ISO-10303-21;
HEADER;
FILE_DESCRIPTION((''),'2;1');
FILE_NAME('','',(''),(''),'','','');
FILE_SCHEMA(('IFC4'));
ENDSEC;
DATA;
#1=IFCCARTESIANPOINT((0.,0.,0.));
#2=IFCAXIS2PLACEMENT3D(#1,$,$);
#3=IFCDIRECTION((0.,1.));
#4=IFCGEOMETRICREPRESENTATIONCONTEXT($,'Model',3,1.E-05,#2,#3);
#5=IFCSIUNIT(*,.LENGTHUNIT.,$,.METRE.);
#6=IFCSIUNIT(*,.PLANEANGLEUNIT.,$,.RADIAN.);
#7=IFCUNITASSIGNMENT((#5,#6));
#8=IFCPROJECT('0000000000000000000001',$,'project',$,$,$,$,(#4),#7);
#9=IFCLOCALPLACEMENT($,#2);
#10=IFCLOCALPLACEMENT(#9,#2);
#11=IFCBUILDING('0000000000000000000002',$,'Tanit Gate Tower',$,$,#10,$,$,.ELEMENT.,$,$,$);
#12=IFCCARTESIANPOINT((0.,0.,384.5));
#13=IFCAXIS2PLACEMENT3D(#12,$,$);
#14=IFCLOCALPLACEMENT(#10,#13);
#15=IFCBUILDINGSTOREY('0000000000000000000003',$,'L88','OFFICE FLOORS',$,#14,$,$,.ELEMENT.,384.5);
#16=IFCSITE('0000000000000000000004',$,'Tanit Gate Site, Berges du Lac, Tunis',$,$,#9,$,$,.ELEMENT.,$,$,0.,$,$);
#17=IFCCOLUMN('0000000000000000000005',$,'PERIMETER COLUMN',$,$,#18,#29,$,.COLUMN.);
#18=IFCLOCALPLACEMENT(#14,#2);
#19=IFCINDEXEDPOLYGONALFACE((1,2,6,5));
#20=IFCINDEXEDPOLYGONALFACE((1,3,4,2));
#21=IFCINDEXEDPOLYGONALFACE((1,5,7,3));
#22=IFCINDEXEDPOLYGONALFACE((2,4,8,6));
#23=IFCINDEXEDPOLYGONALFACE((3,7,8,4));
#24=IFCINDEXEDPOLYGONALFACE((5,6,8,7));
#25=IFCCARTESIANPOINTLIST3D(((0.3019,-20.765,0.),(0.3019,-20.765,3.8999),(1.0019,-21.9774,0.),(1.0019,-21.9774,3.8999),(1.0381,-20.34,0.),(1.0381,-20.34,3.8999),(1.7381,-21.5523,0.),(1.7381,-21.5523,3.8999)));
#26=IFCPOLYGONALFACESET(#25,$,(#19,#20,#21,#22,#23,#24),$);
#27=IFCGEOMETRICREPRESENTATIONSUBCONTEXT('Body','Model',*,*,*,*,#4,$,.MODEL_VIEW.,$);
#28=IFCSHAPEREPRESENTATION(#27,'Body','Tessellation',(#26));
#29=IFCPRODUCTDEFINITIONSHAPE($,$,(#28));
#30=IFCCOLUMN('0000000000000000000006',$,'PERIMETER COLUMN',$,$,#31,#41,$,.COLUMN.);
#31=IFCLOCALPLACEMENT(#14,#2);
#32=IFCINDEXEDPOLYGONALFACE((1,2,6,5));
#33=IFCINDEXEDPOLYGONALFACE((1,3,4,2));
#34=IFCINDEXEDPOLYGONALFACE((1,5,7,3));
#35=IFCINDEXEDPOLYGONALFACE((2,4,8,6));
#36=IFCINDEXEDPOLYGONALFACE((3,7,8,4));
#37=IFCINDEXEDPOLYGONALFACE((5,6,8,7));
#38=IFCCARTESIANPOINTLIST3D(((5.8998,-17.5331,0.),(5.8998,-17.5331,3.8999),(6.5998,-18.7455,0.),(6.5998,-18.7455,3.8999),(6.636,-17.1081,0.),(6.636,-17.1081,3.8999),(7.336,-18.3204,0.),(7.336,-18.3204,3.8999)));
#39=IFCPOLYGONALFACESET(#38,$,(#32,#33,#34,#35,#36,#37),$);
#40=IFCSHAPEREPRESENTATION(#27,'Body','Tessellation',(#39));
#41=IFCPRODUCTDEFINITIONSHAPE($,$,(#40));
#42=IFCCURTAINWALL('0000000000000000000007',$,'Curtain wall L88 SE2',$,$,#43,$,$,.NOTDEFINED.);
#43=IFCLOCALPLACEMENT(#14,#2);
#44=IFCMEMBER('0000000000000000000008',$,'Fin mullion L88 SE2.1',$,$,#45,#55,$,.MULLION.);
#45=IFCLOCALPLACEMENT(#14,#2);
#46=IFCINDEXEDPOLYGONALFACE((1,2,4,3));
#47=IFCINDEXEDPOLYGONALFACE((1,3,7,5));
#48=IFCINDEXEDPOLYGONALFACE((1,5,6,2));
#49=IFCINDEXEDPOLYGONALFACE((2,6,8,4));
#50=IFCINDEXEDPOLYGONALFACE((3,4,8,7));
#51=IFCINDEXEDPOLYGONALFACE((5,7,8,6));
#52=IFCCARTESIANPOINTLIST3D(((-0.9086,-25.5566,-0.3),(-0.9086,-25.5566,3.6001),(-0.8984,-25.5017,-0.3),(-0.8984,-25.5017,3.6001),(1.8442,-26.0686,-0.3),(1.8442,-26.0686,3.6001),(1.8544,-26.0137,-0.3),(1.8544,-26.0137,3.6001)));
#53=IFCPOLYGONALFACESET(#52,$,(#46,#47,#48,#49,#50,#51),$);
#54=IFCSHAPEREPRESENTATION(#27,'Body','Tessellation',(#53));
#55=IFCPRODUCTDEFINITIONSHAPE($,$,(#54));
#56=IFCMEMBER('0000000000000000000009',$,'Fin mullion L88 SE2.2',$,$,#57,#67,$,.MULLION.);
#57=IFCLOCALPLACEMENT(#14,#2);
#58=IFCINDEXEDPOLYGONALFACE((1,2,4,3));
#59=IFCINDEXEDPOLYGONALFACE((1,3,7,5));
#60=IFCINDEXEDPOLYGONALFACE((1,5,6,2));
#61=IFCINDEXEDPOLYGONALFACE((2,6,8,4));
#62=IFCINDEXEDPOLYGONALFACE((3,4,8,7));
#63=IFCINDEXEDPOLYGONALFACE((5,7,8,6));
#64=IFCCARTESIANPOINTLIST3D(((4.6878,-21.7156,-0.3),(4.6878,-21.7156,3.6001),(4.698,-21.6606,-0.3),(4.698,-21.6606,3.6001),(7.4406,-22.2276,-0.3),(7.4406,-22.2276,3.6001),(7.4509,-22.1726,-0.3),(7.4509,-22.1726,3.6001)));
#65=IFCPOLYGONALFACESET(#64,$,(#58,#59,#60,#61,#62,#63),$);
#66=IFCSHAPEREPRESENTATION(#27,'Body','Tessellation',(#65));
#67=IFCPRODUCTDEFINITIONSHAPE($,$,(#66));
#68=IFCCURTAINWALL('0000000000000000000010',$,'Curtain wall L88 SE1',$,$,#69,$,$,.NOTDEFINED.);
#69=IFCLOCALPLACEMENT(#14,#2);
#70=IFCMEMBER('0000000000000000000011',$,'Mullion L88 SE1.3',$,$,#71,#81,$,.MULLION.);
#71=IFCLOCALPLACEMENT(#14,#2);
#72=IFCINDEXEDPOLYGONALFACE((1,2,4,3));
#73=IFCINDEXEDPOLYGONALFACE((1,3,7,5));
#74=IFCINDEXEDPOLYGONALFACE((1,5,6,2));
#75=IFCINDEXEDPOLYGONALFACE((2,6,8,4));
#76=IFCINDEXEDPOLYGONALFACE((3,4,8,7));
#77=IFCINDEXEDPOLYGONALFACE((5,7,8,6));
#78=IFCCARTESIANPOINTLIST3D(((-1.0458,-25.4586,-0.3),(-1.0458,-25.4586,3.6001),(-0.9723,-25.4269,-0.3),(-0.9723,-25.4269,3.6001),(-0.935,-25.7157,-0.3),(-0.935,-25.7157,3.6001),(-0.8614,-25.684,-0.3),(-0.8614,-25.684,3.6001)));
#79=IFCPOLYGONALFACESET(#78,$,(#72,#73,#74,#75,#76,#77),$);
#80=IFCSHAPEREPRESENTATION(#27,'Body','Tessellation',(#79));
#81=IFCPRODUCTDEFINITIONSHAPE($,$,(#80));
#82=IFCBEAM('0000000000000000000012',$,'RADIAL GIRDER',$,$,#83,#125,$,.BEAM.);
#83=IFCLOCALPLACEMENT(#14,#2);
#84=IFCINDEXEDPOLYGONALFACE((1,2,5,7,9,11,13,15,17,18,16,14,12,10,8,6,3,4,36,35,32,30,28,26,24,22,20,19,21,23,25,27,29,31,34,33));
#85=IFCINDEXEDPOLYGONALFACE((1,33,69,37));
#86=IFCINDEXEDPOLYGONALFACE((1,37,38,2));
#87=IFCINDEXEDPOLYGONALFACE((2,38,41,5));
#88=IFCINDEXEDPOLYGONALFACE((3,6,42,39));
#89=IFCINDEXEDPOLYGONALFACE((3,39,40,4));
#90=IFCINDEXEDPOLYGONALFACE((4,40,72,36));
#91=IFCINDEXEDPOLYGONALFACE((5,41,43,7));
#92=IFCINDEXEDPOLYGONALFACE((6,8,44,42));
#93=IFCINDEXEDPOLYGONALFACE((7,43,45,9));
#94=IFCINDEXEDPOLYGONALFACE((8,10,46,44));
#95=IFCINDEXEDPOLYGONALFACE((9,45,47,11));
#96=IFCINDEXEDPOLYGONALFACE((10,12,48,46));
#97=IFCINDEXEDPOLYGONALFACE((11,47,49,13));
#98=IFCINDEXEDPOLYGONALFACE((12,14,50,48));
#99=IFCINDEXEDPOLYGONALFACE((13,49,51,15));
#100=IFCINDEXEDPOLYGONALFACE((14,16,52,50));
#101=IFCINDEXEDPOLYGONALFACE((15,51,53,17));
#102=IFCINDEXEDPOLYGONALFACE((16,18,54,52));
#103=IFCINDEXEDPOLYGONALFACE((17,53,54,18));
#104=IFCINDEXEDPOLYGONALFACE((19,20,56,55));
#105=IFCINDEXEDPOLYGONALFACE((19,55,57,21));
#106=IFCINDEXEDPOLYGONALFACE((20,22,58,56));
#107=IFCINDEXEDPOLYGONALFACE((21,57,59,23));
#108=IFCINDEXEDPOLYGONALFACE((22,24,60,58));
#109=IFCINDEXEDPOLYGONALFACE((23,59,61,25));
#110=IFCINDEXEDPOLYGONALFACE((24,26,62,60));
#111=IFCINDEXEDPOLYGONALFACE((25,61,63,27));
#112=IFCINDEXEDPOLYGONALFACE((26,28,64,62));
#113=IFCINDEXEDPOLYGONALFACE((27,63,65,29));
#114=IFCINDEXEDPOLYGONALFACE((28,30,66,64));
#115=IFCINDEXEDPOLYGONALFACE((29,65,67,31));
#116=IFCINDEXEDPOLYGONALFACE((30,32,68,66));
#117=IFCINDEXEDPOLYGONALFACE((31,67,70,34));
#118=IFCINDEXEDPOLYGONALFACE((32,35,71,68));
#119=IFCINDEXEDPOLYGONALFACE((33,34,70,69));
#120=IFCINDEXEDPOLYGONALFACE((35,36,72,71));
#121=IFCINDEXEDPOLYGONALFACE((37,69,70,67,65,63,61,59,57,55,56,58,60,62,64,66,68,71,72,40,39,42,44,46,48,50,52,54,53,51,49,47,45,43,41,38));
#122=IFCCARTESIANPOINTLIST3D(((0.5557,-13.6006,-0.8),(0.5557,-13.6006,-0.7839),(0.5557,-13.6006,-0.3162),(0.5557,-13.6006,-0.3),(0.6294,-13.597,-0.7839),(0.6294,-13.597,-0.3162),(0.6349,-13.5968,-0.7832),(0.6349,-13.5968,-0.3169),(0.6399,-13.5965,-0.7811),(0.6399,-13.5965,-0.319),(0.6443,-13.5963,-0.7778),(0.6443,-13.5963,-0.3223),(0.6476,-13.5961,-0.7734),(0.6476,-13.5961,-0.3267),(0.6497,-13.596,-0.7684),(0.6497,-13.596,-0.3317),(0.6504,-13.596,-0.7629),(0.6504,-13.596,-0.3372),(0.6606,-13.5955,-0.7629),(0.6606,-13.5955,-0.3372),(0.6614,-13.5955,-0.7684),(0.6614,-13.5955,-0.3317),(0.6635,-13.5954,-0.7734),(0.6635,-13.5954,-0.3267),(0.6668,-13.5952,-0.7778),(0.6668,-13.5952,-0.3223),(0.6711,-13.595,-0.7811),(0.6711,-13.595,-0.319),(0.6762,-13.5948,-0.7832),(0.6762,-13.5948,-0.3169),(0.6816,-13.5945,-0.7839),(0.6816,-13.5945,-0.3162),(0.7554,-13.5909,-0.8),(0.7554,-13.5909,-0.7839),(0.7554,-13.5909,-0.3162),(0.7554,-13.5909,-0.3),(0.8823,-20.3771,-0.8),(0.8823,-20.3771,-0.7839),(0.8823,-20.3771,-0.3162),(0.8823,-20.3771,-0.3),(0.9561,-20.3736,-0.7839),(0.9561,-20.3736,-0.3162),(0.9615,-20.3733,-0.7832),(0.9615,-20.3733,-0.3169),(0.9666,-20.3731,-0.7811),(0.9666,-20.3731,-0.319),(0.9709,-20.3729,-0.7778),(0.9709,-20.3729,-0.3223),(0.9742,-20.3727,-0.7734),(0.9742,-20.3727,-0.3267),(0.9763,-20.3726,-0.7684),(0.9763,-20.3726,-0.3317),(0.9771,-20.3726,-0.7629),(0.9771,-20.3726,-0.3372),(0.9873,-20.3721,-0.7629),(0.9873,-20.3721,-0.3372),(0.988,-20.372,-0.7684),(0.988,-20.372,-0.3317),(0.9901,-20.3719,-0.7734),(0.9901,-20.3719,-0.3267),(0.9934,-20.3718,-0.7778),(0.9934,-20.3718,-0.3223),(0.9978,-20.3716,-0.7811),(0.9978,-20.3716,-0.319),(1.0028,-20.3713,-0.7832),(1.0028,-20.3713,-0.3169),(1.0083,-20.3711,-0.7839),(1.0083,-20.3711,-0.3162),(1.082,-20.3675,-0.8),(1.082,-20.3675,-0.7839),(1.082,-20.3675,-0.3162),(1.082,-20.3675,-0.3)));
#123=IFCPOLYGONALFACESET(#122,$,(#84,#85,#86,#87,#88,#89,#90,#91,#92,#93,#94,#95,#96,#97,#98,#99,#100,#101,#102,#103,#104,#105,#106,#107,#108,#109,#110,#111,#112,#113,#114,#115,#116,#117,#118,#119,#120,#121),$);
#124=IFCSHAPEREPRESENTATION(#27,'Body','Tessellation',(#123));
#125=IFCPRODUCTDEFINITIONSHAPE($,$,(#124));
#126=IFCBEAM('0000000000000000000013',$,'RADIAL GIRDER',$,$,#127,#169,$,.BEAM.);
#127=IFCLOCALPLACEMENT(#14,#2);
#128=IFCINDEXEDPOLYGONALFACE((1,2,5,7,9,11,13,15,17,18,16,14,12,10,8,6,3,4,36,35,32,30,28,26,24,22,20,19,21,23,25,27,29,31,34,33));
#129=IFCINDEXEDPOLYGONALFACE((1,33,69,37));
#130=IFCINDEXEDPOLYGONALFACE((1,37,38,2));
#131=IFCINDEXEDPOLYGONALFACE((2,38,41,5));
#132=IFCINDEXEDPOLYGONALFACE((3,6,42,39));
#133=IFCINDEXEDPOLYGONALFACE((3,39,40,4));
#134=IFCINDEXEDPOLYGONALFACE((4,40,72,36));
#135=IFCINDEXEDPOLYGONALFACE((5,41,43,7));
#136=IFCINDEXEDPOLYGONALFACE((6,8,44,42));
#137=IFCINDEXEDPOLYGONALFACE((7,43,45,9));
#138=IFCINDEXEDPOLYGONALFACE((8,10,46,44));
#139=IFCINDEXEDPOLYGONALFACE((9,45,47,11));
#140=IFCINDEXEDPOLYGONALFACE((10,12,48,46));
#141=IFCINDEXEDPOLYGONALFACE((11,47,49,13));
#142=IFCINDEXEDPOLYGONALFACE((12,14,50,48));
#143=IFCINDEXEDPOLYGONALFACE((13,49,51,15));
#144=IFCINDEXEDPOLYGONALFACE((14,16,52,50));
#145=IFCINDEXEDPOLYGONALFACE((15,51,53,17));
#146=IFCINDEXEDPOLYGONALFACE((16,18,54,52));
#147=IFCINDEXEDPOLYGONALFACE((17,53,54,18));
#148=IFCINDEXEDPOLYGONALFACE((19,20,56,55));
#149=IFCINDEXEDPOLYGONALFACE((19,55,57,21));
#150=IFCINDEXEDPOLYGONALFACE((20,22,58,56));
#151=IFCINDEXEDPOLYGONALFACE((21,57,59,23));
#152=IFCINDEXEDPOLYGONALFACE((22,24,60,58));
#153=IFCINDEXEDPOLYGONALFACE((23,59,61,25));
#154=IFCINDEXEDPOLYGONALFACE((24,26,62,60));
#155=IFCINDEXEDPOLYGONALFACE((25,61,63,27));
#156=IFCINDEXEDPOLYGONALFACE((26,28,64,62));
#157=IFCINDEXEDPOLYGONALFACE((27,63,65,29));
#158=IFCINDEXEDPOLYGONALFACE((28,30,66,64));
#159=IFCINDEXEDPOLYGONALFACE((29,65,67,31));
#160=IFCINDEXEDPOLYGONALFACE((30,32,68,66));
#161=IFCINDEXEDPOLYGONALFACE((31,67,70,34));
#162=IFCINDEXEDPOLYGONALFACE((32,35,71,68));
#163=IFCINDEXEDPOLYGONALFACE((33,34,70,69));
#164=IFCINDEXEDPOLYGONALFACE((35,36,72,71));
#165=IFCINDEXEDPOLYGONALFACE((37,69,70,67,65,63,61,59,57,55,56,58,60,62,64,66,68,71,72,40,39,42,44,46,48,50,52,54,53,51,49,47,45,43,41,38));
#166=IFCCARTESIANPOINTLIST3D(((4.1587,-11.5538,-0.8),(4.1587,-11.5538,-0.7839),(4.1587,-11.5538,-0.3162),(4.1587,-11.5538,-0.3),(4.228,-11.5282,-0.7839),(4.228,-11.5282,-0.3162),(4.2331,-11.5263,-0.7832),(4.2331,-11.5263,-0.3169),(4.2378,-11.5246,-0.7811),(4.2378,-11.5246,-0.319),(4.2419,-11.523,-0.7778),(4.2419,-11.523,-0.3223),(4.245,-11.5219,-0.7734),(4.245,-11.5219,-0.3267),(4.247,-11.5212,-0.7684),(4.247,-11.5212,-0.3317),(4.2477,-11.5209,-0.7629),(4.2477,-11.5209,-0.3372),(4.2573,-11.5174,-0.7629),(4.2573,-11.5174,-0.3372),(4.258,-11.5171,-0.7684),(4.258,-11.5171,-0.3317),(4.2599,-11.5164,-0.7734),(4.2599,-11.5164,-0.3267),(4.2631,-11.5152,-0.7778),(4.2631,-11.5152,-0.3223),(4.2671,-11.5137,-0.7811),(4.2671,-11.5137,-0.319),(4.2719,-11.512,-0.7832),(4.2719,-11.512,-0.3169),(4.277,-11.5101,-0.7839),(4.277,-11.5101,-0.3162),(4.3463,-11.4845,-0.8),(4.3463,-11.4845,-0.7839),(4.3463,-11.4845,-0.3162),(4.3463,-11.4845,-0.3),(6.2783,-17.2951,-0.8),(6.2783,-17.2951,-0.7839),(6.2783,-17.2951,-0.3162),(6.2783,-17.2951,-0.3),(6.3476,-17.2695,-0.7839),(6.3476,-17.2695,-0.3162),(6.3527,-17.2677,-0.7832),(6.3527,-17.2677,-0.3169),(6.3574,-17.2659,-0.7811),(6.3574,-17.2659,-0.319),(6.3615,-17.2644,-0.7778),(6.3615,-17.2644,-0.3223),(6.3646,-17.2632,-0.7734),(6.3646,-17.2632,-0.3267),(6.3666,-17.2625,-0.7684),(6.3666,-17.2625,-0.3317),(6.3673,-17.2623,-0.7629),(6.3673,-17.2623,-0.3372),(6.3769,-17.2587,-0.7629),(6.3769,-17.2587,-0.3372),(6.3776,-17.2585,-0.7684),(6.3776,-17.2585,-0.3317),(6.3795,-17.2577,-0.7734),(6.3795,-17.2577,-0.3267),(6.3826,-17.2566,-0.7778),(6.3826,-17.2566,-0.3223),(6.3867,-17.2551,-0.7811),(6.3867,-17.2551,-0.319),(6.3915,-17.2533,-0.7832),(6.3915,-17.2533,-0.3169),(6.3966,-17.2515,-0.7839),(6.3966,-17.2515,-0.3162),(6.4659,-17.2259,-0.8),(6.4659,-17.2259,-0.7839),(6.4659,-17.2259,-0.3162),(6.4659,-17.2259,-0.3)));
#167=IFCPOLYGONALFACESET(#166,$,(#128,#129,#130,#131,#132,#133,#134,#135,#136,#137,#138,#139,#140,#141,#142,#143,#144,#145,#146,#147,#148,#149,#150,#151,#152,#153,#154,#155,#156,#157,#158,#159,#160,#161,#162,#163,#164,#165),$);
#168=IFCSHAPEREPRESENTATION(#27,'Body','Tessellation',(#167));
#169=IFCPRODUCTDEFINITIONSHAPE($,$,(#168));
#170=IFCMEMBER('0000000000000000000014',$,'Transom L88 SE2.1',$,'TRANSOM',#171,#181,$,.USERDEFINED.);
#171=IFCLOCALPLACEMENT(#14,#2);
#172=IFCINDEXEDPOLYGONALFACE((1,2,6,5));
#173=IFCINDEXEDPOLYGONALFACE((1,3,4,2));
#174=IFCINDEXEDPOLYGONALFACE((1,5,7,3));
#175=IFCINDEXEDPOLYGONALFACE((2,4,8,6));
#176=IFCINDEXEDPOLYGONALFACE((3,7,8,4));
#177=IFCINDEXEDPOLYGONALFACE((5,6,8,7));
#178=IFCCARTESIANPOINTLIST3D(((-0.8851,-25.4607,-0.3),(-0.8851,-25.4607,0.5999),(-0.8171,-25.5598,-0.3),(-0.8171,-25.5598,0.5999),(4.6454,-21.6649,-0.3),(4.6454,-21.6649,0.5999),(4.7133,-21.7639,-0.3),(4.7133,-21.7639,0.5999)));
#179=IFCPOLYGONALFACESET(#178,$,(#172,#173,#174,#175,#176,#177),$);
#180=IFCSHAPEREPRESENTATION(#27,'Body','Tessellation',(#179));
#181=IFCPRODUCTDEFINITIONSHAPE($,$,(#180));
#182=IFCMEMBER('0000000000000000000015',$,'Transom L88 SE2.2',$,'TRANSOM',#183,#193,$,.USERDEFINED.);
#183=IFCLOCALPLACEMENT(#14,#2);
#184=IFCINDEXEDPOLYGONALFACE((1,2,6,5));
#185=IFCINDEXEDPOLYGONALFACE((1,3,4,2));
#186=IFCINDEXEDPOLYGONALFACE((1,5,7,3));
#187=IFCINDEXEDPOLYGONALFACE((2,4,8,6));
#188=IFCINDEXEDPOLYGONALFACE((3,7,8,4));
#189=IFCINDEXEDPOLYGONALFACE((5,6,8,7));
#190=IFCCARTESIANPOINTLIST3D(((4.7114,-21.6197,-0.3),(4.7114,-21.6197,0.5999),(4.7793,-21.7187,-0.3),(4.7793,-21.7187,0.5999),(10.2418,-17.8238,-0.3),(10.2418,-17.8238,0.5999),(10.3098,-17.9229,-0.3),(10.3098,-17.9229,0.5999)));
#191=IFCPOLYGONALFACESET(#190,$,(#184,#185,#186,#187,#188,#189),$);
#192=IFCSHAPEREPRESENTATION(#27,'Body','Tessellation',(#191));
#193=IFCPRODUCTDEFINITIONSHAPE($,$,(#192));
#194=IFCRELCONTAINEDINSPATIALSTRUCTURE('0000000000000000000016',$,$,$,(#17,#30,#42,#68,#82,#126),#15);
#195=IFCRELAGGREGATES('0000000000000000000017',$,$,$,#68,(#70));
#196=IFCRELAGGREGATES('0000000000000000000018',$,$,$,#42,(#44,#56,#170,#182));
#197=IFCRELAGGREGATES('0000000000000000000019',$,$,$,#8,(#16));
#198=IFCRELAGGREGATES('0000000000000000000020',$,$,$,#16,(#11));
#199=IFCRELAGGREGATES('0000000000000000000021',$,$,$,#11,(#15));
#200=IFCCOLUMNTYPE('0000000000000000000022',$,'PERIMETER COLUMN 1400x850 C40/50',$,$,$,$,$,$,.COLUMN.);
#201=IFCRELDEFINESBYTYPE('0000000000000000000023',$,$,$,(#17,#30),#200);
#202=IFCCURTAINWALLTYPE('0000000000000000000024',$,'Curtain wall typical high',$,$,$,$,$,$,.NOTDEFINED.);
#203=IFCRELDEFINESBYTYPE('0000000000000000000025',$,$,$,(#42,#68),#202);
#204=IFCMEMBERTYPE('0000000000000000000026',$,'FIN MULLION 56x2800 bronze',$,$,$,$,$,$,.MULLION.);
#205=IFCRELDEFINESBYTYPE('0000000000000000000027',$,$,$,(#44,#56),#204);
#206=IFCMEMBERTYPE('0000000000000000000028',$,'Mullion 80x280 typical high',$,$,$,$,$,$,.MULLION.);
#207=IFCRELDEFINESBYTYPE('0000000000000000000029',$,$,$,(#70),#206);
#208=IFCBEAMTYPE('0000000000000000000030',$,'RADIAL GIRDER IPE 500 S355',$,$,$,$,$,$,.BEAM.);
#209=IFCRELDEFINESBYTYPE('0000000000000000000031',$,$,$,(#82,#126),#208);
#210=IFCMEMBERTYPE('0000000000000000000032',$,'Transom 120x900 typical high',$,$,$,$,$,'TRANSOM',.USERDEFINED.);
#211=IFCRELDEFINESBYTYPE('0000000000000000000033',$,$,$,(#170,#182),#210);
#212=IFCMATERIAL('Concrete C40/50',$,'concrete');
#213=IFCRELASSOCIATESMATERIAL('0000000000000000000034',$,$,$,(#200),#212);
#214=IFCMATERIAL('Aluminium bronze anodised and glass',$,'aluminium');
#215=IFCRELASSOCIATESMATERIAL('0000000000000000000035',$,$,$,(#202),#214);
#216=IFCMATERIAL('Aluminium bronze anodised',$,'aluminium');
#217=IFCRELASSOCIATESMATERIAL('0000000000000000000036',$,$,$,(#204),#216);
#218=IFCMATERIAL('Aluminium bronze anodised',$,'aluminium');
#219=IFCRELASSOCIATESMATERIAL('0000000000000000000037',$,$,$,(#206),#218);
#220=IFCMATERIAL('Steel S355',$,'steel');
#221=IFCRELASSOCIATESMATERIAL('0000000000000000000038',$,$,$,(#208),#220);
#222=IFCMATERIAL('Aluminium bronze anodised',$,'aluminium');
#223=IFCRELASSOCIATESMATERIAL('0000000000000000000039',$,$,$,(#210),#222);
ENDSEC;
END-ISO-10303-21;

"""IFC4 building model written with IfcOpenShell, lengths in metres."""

from ifc_helpers import new_model, si_unit, direction, frame, origin, origin_2d, place, context, subcontext, project, spatial, rectangle, i_section, extrude, material, material_profile, profile_set, type_object, element, aggregate, save


model = new_model("IFC4")

# Units and contexts
model_context = context("Model", 3, precision=1e-05, world=origin(), true_north=direction((0.0, 1.0)))
body_context = subcontext(model_context, "Body", "Model", "MODEL_VIEW")
ifc_project = project(units=[si_unit("LENGTHUNIT", "METRE"), si_unit("PLANEANGLEUNIT", "RADIAN")], contexts=[model_context])

# Site, building, storey
site_placement = place(None, origin())
site = spatial("IfcSite", under=ifc_project, at=site_placement, Name="Tanit Gate Site, Berges du Lac, Tunis", CompositionType="ELEMENT", RefElevation=0.0)
building_placement = place(site_placement, origin())
building = spatial("IfcBuilding", under=site, at=building_placement, Name="Tanit Gate Tower", CompositionType="ELEMENT")
storey_placement = place(building_placement, frame((0.0, 0.0, 384.5)))
storey = spatial("IfcBuildingStorey", under=building, at=storey_placement, Name="L88", Description="OFFICE FLOORS", CompositionType="ELEMENT", Elevation=384.5)

# Columns
ifc_material_1 = material(Name="Concrete C40/50", Category="concrete")
ifc_material_profile_1 = material_profile(ifc_material_1, rectangle(XDim=1.3999, YDim=0.8501, at=origin_2d()), Name="RC 1400x850")
ifc_profile_set_1 = profile_set([ifc_material_profile_1], Name="Concrete C40/50")
column_type = type_object("IfcColumnType", Name="PERIMETER COLUMN 1400x850 C40/50", PredefinedType="COLUMN", material=ifc_profile_set_1)
for number, where, z_axis, x_axis, name in (
    (1, (1.02, -21.1587, 0.0), (0.0, 0.0, 1.0), (0.5, -0.866025, 0.0), "PERIMETER COLUMN"),
    (2, (6.6179, -17.9268, 0.0), (0.0, 0.0, 1.0), (0.5, -0.866025, 0.0), "PERIMETER COLUMN"),
):
    element("IfcColumn", number, at=place(storey_placement, frame(where, z_axis=z_axis, x_axis=x_axis)), inside=storey, type_object=column_type, Name=name, PredefinedType="COLUMN", context=body_context, shape_type="SweptSolid", body=[
        extrude(rectangle(XDim=1.3999, YDim=0.8501, at=origin_2d()), origin(), (0.0, 0.0, 1.0), 3.8999),
    ])

# Curtain wall, members
ifc_material_2 = material(Name="Aluminium bronze anodised and glass", Category="aluminium")
curtain_wall_type = type_object("IfcCurtainWallType", Name="Curtain wall typical high", PredefinedType="NOTDEFINED", material=ifc_material_2)
curtain_wall_1_placement = place(storey_placement, origin())
curtain_wall_1 = element("IfcCurtainWall", 3, at=curtain_wall_1_placement, inside=storey, type_object=curtain_wall_type, Name="Curtain wall L88 SE2", PredefinedType="NOTDEFINED")
ifc_material_3 = material(Name="Aluminium bronze anodised", Category="aluminium")
ifc_material_profile_2 = material_profile(ifc_material_3, rectangle(XDim=2.8, YDim=0.0559, at=origin_2d()), Name="56x2800 bronze fin mullion")
ifc_profile_set_2 = profile_set([ifc_material_profile_2], Name="Aluminium bronze anodised")
member_type_1 = type_object("IfcMemberType", Name="FIN MULLION 56x2800 bronze", PredefinedType="MULLION", material=ifc_profile_set_2)
member_1_placement = place(storey_placement, frame((0.4729, -25.7852, -0.3), z_axis=(0.0, 0.0, 1.0), x_axis=(-0.983141, 0.182847, 0.0)))
member_1 = element("IfcMember", 4, at=member_1_placement, type_object=member_type_1, Name="Fin mullion L88 SE2.1", PredefinedType="MULLION", context=body_context, shape_type="SweptSolid", body=[
    extrude(rectangle(XDim=2.8, YDim=0.0559, at=origin_2d()), origin(), (0.0, 0.0, 1.0), 3.9001),
])
member_2_placement = place(storey_placement, frame((6.0693, -21.9441, -0.3), z_axis=(0.0, 0.0, 1.0), x_axis=(-0.983141, 0.182847, 0.0)))
member_2 = element("IfcMember", 5, at=member_2_placement, type_object=member_type_1, Name="Fin mullion L88 SE2.2", PredefinedType="MULLION", context=body_context, shape_type="SweptSolid", body=[
    extrude(rectangle(XDim=2.8, YDim=0.0559, at=origin_2d()), origin(), (0.0, 0.0, 1.0), 3.9001),
])

# Curtain wall, member
curtain_wall_2_placement = place(storey_placement, origin())
curtain_wall_2 = element("IfcCurtainWall", 6, at=curtain_wall_2_placement, inside=storey, type_object=curtain_wall_type, Name="Curtain wall L88 SE1", PredefinedType="NOTDEFINED")
ifc_material_4 = material(Name="Aluminium bronze anodised", Category="aluminium")
ifc_material_profile_3 = material_profile(ifc_material_4, rectangle(XDim=0.28, YDim=0.0801, at=origin_2d()), Name="80x280 bronze mullion")
ifc_profile_set_3 = profile_set([ifc_material_profile_3], Name="Aluminium bronze anodised")
member_type_2 = type_object("IfcMemberType", Name="Mullion 80x280 typical high", PredefinedType="MULLION", material=ifc_profile_set_3)
member_3_placement = place(storey_placement, frame((-0.9536, -25.5713, -0.3), z_axis=(0.0, 0.0, 1.0), x_axis=(-0.395871, 0.918306, 0.0)))
member_3 = element("IfcMember", 7, at=member_3_placement, type_object=member_type_2, Name="Mullion L88 SE1.3", PredefinedType="MULLION", context=body_context, shape_type="SweptSolid", body=[
    extrude(rectangle(XDim=0.28, YDim=0.0801, at=origin_2d()), origin(), (0.0, 0.0, 1.0), 3.9001),
])

# Beams
ifc_material_5 = material(Name="Steel S355", Category="steel")
ifc_material_profile_4 = material_profile(ifc_material_5, i_section(OverallWidth=0.2, OverallDepth=0.5, WebThickness=0.0103, FlangeThickness=0.0161, FilletRadius=0.021, at=origin_2d()), Name="IPE 500")
ifc_profile_set_4 = profile_set([ifc_material_profile_4], Name="Steel S355")
beam_type = type_object("IfcBeamType", Name="RADIAL GIRDER IPE 500 S355", PredefinedType="BEAM", material=ifc_profile_set_4)
beam_1_placement = place(storey_placement, frame((0.9822, -20.3723, -0.55), z_axis=(-0.048148, 0.99884, 0.0), x_axis=(-0.99884, -0.048148, 0.0)))
element("IfcBeam", 8, at=beam_1_placement, inside=storey, type_object=beam_type, Name="RADIAL GIRDER", PredefinedType="BEAM", context=body_context, shape_type="SweptSolid", body=[
    extrude(i_section(OverallWidth=0.2, OverallDepth=0.5, WebThickness=0.0103, FlangeThickness=0.0161, FilletRadius=0.021, at=origin_2d()), origin(), (0.0, 0.0, 1.0), 6.7844),
])
beam_2_placement = place(storey_placement, frame((6.3721, -17.2605, -0.55), z_axis=(-0.346332, 0.938112, 0.0), x_axis=(-0.938112, -0.346332, 0.0)))
element("IfcBeam", 9, at=beam_2_placement, inside=storey, type_object=beam_type, Name="RADIAL GIRDER", PredefinedType="BEAM", context=body_context, shape_type="SweptSolid", body=[
    extrude(i_section(OverallWidth=0.2, OverallDepth=0.5, WebThickness=0.0103, FlangeThickness=0.0161, FilletRadius=0.021, at=origin_2d()), origin(), (0.0, 0.0, 1.0), 6.1201),
])

# Members
ifc_material_6 = material(Name="Aluminium bronze anodised", Category="aluminium")
ifc_material_profile_5 = material_profile(ifc_material_6, rectangle(XDim=0.1201, YDim=0.8999, at=origin_2d()), Name="120x900 bronze transom")
ifc_profile_set_5 = profile_set([ifc_material_profile_5], Name="Aluminium bronze anodised")
member_type_3 = type_object("IfcMemberType", Name="Transom 120x900 typical high", ElementType="TRANSOM", PredefinedType="USERDEFINED", material=ifc_profile_set_5)
member_4_placement = place(storey_placement, frame((-0.8511, -25.5103, 0.1499), z_axis=(0.824482, 0.565888, 0.0), x_axis=(-0.565888, 0.824482, 0.0)))
member_4 = element("IfcMember", 10, at=member_4_placement, type_object=member_type_3, Name="Transom L88 SE2.1", ObjectType="TRANSOM", PredefinedType="USERDEFINED", context=body_context, shape_type="SweptSolid", body=[
    extrude(rectangle(XDim=0.1201, YDim=0.8999, at=origin_2d()), origin(), (0.0, 0.0, 1.0), 6.7078),
])
member_5_placement = place(storey_placement, frame((4.7454, -21.6692, 0.1499), z_axis=(0.824482, 0.565888, 0.0), x_axis=(-0.565888, 0.824482, 0.0)))
member_5 = element("IfcMember", 11, at=member_5_placement, type_object=member_type_3, Name="Transom L88 SE2.2", ObjectType="TRANSOM", PredefinedType="USERDEFINED", context=body_context, shape_type="SweptSolid", body=[
    extrude(rectangle(XDim=0.1201, YDim=0.8999, at=origin_2d()), origin(), (0.0, 0.0, 1.0), 6.7078),
])

aggregate(curtain_wall_2, [member_3])
aggregate(curtain_wall_1, [member_1, member_2, member_4, member_5])

save(model, "model.ifc")
